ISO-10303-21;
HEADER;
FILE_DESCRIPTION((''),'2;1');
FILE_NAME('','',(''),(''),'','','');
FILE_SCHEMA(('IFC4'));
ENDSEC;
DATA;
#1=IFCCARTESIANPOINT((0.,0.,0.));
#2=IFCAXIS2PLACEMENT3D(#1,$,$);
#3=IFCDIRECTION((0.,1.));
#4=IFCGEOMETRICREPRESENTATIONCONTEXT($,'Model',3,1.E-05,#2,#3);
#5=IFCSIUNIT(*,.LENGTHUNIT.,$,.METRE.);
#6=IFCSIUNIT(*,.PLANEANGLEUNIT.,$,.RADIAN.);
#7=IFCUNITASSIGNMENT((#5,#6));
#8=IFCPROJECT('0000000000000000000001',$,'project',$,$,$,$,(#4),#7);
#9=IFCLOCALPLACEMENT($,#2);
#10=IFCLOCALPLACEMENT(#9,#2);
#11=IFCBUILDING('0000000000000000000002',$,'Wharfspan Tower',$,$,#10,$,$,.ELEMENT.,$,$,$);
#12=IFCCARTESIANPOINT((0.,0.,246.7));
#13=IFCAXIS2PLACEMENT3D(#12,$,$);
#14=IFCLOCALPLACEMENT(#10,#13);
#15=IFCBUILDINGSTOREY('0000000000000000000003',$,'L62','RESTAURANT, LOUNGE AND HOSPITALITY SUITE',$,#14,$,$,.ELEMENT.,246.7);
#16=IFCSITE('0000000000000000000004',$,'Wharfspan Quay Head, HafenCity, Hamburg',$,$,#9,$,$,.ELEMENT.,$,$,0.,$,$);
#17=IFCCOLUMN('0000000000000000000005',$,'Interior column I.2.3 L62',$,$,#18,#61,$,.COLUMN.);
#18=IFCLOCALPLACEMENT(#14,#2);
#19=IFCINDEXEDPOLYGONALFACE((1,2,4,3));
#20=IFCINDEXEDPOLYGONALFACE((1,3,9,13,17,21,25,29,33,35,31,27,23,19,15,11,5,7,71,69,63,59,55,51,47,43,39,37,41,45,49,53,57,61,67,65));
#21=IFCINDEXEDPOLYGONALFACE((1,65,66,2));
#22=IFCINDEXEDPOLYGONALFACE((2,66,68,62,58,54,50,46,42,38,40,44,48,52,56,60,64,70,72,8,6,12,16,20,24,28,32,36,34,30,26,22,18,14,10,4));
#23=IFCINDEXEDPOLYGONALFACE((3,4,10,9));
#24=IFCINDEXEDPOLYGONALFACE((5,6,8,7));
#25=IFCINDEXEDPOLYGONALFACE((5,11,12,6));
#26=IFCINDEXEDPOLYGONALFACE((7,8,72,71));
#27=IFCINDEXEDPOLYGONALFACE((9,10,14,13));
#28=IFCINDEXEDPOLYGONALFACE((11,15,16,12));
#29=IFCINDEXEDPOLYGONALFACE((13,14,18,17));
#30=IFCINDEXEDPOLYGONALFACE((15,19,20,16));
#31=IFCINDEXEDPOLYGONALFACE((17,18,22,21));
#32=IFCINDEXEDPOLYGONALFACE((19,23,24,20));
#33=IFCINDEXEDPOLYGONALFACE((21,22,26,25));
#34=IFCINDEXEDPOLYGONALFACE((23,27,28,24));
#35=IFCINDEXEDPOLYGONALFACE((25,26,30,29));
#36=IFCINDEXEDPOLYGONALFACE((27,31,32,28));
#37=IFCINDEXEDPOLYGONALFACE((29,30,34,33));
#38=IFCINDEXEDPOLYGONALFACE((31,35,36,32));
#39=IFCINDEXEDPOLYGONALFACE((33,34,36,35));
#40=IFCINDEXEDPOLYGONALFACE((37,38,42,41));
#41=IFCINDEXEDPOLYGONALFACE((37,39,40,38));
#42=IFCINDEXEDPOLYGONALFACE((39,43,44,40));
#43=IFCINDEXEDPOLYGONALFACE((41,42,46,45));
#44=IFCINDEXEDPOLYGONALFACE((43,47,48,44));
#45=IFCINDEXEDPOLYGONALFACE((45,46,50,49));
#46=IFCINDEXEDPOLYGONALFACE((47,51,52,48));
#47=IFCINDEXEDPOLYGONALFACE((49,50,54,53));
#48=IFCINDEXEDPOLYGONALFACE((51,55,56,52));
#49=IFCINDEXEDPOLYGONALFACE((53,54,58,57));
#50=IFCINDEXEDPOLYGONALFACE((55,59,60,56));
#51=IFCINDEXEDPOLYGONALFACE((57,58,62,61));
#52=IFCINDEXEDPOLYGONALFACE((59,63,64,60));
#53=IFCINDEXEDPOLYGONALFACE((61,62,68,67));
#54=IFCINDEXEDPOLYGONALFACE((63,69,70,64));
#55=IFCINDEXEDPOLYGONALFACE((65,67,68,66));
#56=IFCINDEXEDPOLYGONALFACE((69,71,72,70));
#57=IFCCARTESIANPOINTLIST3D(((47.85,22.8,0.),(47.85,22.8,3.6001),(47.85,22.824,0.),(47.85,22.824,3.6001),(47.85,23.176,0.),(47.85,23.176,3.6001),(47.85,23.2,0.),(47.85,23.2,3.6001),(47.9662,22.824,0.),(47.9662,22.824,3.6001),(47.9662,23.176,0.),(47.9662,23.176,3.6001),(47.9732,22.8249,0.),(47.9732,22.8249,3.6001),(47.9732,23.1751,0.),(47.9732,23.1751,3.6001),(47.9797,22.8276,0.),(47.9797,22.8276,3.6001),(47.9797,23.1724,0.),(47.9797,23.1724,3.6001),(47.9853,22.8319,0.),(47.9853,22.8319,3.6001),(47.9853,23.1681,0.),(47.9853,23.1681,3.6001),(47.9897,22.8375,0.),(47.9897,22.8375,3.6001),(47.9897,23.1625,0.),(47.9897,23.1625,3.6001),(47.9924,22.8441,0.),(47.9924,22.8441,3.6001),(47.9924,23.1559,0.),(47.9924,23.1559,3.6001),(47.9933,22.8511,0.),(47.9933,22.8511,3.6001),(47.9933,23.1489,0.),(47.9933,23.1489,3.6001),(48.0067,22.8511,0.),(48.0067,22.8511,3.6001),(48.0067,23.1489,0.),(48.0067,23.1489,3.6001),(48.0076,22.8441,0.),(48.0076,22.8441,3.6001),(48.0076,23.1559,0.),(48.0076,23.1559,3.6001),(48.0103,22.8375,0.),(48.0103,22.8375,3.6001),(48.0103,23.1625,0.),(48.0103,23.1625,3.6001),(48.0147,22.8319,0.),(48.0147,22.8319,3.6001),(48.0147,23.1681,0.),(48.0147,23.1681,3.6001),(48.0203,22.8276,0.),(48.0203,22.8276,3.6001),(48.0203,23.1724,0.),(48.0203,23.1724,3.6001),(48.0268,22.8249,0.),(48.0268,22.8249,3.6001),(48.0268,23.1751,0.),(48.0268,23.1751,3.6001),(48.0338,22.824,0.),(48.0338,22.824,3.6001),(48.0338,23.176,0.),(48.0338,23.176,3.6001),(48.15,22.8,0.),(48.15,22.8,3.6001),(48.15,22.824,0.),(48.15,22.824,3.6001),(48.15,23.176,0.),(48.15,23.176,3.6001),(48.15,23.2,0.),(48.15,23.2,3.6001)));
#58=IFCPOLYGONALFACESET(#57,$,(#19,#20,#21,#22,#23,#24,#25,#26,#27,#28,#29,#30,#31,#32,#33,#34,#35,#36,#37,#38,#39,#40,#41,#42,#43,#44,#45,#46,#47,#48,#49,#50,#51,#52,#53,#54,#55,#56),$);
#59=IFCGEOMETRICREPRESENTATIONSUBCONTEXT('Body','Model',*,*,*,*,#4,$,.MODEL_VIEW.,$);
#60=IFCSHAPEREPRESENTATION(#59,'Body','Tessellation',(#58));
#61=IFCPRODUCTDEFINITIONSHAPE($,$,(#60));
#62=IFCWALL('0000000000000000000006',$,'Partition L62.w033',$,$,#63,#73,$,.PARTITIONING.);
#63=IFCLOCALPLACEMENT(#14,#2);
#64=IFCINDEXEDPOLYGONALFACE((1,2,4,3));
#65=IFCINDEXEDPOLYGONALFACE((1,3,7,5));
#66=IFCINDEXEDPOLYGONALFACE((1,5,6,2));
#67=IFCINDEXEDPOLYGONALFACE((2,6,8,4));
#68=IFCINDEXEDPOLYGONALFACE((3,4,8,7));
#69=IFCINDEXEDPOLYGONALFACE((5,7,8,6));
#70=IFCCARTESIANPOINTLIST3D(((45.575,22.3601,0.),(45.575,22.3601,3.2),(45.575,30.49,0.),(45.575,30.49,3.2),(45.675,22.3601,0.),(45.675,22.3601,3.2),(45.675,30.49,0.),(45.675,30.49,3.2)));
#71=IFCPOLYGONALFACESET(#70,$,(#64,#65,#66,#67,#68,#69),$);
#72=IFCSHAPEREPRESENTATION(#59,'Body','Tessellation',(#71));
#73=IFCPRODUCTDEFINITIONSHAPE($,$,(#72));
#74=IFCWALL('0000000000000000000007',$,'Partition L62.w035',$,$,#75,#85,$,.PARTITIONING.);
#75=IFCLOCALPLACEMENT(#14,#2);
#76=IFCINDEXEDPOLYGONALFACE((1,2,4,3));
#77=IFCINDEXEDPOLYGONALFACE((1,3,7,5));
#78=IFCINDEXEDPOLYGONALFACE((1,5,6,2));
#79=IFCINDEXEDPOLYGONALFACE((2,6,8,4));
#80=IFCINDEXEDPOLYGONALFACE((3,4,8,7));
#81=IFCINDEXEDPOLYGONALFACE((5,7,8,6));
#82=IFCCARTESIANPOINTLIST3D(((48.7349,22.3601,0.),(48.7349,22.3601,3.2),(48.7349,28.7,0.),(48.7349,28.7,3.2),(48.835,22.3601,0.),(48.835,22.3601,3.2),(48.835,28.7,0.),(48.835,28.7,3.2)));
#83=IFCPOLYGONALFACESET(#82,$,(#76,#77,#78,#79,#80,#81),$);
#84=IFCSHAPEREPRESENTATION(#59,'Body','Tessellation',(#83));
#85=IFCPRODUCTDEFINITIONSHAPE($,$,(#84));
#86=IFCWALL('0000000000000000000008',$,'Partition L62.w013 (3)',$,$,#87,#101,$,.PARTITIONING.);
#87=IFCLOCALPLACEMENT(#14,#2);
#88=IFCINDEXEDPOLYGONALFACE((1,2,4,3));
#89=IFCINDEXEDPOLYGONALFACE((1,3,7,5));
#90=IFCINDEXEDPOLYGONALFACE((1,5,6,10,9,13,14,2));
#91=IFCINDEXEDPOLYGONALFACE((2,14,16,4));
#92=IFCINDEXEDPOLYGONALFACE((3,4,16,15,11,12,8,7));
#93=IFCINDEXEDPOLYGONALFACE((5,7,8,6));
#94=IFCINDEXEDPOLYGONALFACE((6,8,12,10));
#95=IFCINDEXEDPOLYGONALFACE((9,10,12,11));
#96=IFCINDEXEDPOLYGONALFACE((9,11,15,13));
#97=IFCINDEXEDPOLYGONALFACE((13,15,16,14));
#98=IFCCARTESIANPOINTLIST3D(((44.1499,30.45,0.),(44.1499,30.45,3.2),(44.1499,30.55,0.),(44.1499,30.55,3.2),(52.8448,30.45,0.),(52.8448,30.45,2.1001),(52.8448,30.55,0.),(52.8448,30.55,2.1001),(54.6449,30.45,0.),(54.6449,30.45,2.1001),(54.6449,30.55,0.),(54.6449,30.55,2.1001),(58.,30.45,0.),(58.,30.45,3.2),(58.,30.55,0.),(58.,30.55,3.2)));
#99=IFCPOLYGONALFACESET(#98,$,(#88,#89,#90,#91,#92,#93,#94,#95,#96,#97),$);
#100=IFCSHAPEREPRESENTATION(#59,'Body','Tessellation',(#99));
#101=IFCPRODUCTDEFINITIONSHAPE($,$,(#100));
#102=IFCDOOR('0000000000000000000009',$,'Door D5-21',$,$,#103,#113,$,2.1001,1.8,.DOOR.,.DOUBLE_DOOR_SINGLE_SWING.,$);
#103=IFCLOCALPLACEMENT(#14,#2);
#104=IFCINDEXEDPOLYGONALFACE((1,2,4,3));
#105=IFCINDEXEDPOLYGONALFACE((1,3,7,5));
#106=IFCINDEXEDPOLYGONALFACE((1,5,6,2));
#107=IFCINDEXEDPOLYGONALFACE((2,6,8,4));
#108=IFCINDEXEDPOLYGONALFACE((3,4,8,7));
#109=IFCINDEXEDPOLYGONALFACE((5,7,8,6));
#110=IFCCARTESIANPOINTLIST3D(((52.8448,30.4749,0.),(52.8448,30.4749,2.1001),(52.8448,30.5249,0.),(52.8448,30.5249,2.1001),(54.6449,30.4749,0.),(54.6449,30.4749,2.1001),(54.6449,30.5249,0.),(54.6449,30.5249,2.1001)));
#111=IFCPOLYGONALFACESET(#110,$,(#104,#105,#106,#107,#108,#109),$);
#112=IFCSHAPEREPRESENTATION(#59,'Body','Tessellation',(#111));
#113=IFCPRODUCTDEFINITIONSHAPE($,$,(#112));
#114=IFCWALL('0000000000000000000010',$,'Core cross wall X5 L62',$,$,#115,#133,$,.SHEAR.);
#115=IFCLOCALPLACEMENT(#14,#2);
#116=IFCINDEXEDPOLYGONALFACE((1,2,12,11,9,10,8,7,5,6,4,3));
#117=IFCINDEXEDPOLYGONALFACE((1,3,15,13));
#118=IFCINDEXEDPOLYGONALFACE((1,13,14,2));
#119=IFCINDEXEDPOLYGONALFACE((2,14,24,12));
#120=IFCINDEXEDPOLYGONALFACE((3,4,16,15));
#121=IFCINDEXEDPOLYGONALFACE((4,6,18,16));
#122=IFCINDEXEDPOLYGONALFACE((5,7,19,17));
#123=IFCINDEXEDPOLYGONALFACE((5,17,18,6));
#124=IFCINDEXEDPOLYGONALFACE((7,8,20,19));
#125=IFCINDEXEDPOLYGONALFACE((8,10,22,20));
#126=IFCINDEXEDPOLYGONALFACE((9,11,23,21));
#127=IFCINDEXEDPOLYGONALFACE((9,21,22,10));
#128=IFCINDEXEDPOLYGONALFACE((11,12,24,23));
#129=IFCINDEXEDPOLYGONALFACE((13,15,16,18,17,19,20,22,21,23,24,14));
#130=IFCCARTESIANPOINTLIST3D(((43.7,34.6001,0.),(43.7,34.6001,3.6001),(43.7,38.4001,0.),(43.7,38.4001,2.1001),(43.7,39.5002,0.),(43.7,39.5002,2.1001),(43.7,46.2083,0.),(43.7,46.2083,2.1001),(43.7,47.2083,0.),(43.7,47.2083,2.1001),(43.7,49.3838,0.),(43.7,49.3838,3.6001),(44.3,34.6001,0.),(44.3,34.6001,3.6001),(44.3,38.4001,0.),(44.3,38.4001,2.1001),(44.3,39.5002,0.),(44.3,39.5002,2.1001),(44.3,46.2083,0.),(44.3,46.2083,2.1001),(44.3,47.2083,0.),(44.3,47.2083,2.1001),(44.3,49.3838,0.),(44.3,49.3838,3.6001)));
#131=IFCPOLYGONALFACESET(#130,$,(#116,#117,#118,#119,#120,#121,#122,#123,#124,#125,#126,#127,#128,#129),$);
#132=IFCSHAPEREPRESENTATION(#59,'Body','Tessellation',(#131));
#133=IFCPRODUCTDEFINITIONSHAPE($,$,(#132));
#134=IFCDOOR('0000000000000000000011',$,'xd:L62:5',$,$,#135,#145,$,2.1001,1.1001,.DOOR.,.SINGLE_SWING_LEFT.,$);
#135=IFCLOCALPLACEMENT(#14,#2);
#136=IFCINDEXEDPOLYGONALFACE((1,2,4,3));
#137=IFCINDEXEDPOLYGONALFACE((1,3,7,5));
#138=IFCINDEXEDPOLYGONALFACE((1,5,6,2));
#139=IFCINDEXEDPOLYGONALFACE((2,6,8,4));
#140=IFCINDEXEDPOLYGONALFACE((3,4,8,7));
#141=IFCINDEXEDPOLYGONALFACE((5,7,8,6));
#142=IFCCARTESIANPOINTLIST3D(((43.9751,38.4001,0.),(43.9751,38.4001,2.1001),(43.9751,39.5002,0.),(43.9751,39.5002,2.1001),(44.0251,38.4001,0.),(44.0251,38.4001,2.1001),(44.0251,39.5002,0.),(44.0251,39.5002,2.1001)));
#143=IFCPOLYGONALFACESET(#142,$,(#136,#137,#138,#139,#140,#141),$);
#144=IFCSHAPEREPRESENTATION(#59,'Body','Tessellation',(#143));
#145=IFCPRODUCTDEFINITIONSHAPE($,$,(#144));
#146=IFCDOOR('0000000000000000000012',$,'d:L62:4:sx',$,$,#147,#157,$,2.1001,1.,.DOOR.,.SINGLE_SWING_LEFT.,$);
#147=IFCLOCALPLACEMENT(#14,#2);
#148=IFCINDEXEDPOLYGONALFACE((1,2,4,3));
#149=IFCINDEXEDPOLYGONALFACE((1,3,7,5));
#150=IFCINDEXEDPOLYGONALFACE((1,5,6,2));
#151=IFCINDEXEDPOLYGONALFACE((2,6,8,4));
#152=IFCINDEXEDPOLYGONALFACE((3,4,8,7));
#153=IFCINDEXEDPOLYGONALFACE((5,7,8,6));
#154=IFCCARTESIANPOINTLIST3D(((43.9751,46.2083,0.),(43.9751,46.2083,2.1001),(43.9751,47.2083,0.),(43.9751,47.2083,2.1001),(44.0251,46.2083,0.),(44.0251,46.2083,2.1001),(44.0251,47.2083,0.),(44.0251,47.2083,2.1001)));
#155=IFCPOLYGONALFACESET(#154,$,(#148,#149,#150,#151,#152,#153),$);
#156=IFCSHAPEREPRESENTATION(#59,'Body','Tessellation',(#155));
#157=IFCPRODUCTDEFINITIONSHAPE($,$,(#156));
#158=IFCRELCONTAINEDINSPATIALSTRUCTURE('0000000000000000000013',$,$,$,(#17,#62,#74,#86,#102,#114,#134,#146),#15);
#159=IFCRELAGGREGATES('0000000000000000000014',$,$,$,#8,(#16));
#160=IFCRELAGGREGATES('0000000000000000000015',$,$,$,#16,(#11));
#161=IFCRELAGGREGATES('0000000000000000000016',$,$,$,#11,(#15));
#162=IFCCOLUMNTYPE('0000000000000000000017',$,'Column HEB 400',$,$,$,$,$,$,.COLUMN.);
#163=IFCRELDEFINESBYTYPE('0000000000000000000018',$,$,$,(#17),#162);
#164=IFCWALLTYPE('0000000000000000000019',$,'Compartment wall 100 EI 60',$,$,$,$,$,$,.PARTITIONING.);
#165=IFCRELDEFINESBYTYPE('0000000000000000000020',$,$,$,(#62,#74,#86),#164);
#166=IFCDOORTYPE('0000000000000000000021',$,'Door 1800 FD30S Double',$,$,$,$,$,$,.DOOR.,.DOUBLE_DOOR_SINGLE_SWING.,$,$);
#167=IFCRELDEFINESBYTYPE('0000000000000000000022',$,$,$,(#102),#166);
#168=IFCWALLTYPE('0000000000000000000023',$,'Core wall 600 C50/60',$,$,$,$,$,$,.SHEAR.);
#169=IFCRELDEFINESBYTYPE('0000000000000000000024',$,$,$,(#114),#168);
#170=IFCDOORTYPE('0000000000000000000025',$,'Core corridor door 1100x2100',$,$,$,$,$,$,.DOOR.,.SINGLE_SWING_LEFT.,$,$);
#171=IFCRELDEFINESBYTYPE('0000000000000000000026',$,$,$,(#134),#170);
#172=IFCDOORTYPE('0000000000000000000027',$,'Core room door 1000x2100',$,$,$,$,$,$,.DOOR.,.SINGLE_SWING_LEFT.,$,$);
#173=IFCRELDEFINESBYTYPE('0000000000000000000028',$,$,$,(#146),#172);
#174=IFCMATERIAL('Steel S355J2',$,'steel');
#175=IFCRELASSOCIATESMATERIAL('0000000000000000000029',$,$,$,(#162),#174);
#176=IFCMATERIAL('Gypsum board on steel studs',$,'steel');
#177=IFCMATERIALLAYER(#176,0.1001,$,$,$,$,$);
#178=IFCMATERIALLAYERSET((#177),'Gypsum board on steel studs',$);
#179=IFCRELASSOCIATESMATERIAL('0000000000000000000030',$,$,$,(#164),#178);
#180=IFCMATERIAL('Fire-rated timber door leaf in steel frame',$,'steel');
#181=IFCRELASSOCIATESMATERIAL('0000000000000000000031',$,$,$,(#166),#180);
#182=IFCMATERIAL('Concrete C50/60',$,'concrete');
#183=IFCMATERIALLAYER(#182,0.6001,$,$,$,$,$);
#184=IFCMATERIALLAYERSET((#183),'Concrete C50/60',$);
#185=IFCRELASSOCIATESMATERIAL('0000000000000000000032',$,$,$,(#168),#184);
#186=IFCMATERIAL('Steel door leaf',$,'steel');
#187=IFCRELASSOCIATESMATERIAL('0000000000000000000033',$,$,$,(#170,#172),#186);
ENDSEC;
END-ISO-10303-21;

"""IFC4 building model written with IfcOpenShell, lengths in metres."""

from ifc_helpers import new_model, si_unit, direction, frame, frame_2d, origin, origin_2d, place, context, subcontext, project, spatial, rectangle, i_section, extrude, material, layer, layer_set, material_profile, profile_set, type_object, element, fill, save


model = new_model("IFC4")

# Units and contexts
model_context = context("Model", 3, precision=1e-05, world=origin(), true_north=direction((0.0, 1.0)))
body_context = subcontext(model_context, "Body", "Model", "MODEL_VIEW")
ifc_project = project(units=[si_unit("LENGTHUNIT", "METRE"), si_unit("PLANEANGLEUNIT", "RADIAN")], contexts=[model_context])

# Site, building, storey
site_placement = place(None, origin())
site = spatial("IfcSite", under=ifc_project, at=site_placement, Name="Wharfspan Quay Head, HafenCity, Hamburg", CompositionType="ELEMENT", RefElevation=0.0)
building_placement = place(site_placement, origin())
building = spatial("IfcBuilding", under=site, at=building_placement, Name="Wharfspan Tower", CompositionType="ELEMENT")
storey_placement = place(building_placement, frame((0.0, 0.0, 246.7)))
storey = spatial("IfcBuildingStorey", under=building, at=storey_placement, Name="L62", Description="RESTAURANT, LOUNGE AND HOSPITALITY SUITE", CompositionType="ELEMENT", Elevation=246.7)

# Column
ifc_material_1 = material(Name="Steel S355J2", Category="steel")
ifc_material_profile = material_profile(ifc_material_1, i_section(OverallWidth=0.3, OverallDepth=0.3999, WebThickness=0.0134, FlangeThickness=0.0239, FilletRadius=0.0271, at=origin_2d()))
ifc_profile_set = profile_set([ifc_material_profile], Name="Steel S355J2")
column_type = type_object("IfcColumnType", Name="Column HEB 400", PredefinedType="COLUMN", material=ifc_profile_set)
column_placement = place(storey_placement, frame((48.0, 23.0, 0.0), z_axis=(0.0, 0.0, 1.0), x_axis=(1.0, 0.0, 0.0)))
element("IfcColumn", 1, at=column_placement, inside=storey, type_object=column_type, Name="Interior column I.2.3 L62", PredefinedType="COLUMN", context=body_context, shape_type="SweptSolid", body=[
    extrude(i_section(OverallWidth=0.3, OverallDepth=0.3999, WebThickness=0.0134, FlangeThickness=0.0239, FilletRadius=0.0271, at=origin_2d()), origin(), (0.0, 0.0, 1.0), 3.6001),
])

# Walls
ifc_material_2 = material(Name="Gypsum board on steel studs", Category="steel")
ifc_layer_1 = layer(ifc_material_2, 0.1001)
ifc_layer_set_1 = layer_set([ifc_layer_1], Name="Gypsum board on steel studs")
wall_type_1 = type_object("IfcWallType", Name="Compartment wall 100 EI 60", PredefinedType="PARTITIONING", material=ifc_layer_set_1)
wall_1_placement = place(storey_placement, frame((45.625, 22.3601, 0.0), z_axis=(0.0, 0.0, 1.0), x_axis=(0.0, 1.0, 0.0)))
element("IfcWall", 2, at=wall_1_placement, inside=storey, type_object=wall_type_1, Name="Partition L62.w033", PredefinedType="PARTITIONING", context=body_context, shape_type="SweptSolid", body=[
    extrude(rectangle(XDim=8.1299, YDim=0.1001, at=frame_2d((4.0649, 0.0))), origin(), (0.0, 0.0, 1.0), 3.2),
])
wall_2_placement = place(storey_placement, frame((48.7849, 22.3601, 0.0), z_axis=(0.0, 0.0, 1.0), x_axis=(0.0, 1.0, 0.0)))
element("IfcWall", 3, at=wall_2_placement, inside=storey, type_object=wall_type_1, Name="Partition L62.w035", PredefinedType="PARTITIONING", context=body_context, shape_type="SweptSolid", body=[
    extrude(rectangle(XDim=6.3398, YDim=0.1001, at=frame_2d((3.1699, 0.0))), origin(), (0.0, 0.0, 1.0), 3.2),
])

# Wall, opening, door
wall_3_placement = place(storey_placement, frame((44.1499, 30.5, 0.0), z_axis=(0.0, 0.0, 1.0), x_axis=(1.0, 0.0, 0.0)))
wall_3 = element("IfcWall", 4, at=wall_3_placement, inside=storey, type_object=wall_type_1, Name="Partition L62.w013 (3)", PredefinedType="PARTITIONING", context=body_context, shape_type="SweptSolid", body=[
    extrude(rectangle(XDim=13.8501, YDim=0.1001, at=frame_2d((6.925, 0.0))), origin(), (0.0, 0.0, 1.0), 3.2),
])
opening_1_placement = place(wall_3_placement, frame((8.6951, 0.0, 0.0)))
opening_1 = element("IfcOpeningElement", 5, at=opening_1_placement, cuts=wall_3, PredefinedType="OPENING", context=body_context, shape_type="SweptSolid", body=[
    extrude(rectangle(XDim=1.8, YDim=2.1001, at=frame_2d((0.8999, 1.05))), frame((0.0, 0.0601, 0.0), z_axis=(0.0, -1.0, 0.0), x_axis=(1.0, 0.0, 0.0)), (0.0, 0.0, 1.0), 0.1201),
])
ifc_material_3 = material(Name="Fire-rated timber door leaf in steel frame", Category="steel")
door_type_1 = type_object("IfcDoorType", Name="Door 1800 FD30S Double", OperationType="DOUBLE_DOOR_SINGLE_SWING", PredefinedType="DOOR", material=ifc_material_3)
door_1_placement = place(opening_1_placement, origin())
door_1 = element("IfcDoor", 6, at=door_1_placement, inside=storey, type_object=door_type_1, Name="Door D5-21", OperationType="DOUBLE_DOOR_SINGLE_SWING", OverallHeight=2.1001, OverallWidth=1.8, PredefinedType="DOOR", context=body_context, shape_type="SweptSolid", body=[
    extrude(rectangle(XDim=1.8, YDim=2.1001, at=frame_2d((0.8999, 1.05))), frame((0.0, 0.0249, 0.0), z_axis=(0.0, -1.0, 0.0), x_axis=(1.0, 0.0, 0.0)), (0.0, 0.0, 1.0), 0.05),
])
fill(opening_1, door_1)

# Wall, openings, doors
ifc_material_4 = material(Name="Concrete C50/60", Category="concrete")
ifc_layer_2 = layer(ifc_material_4, 0.6001)
ifc_layer_set_2 = layer_set([ifc_layer_2], Name="Concrete C50/60")
wall_type_2 = type_object("IfcWallType", Name="Core wall 600 C50/60", PredefinedType="SHEAR", material=ifc_layer_set_2)
wall_4_placement = place(storey_placement, frame((44.0, 34.6001, 0.0), z_axis=(0.0, 0.0, 1.0), x_axis=(0.0, 1.0, 0.0)))
wall_4 = element("IfcWall", 7, at=wall_4_placement, inside=storey, type_object=wall_type_2, Name="Core cross wall X5 L62", PredefinedType="SHEAR", context=body_context, shape_type="SweptSolid", body=[
    extrude(rectangle(XDim=14.7837, YDim=0.6001, at=frame_2d((7.3918, 0.0))), origin(), (0.0, 0.0, 1.0), 3.6001),
])
opening_2_placement = place(wall_4_placement, frame((11.6082, 0.0, 0.0)))
opening_2 = element("IfcOpeningElement", 8, at=opening_2_placement, cuts=wall_4, PredefinedType="OPENING", context=body_context, shape_type="SweptSolid", body=[
    extrude(rectangle(XDim=1.0, YDim=2.1001, at=frame_2d((0.5, 1.05))), frame((0.0, 0.3101, 0.0), z_axis=(0.0, -1.0, 0.0), x_axis=(1.0, 0.0, 0.0)), (0.0, 0.0, 1.0), 0.6201),
])
opening_3_placement = place(wall_4_placement, frame((3.8, 0.0, 0.0)))
opening_3 = element("IfcOpeningElement", 9, at=opening_3_placement, cuts=wall_4, PredefinedType="OPENING", context=body_context, shape_type="SweptSolid", body=[
    extrude(rectangle(XDim=1.1001, YDim=2.1001, at=frame_2d((0.55, 1.05))), frame((0.0, 0.3101, 0.0), z_axis=(0.0, -1.0, 0.0), x_axis=(1.0, 0.0, 0.0)), (0.0, 0.0, 1.0), 0.6201),
])
ifc_material_5 = material(Name="Steel door leaf", Category="steel")
door_type_2 = type_object("IfcDoorType", Name="Core corridor door 1100x2100", OperationType="SINGLE_SWING_LEFT", PredefinedType="DOOR", material=ifc_material_5)
door_2_placement = place(opening_3_placement, origin())
door_2 = element("IfcDoor", 10, at=door_2_placement, inside=storey, type_object=door_type_2, Name="xd:L62:5", OperationType="SINGLE_SWING_LEFT", OverallHeight=2.1001, OverallWidth=1.1001, PredefinedType="DOOR", context=body_context, shape_type="SweptSolid", body=[
    extrude(rectangle(XDim=1.1001, YDim=2.1001, at=frame_2d((0.55, 1.05))), frame((0.0, 0.0249, 0.0), z_axis=(0.0, -1.0, 0.0), x_axis=(1.0, 0.0, 0.0)), (0.0, 0.0, 1.0), 0.05),
])
fill(opening_3, door_2)
door_type_3 = type_object("IfcDoorType", Name="Core room door 1000x2100", OperationType="SINGLE_SWING_LEFT", PredefinedType="DOOR", material=ifc_material_5)
door_3_placement = place(opening_2_placement, origin())
door_3 = element("IfcDoor", 11, at=door_3_placement, inside=storey, type_object=door_type_3, Name="d:L62:4:sx", OperationType="SINGLE_SWING_LEFT", OverallHeight=2.1001, OverallWidth=1.0, PredefinedType="DOOR", context=body_context, shape_type="SweptSolid", body=[
    extrude(rectangle(XDim=1.0, YDim=2.1001, at=frame_2d((0.5, 1.05))), frame((0.0, 0.0249, 0.0), z_axis=(0.0, -1.0, 0.0), x_axis=(1.0, 0.0, 0.0)), (0.0, 0.0, 1.0), 0.05),
])
fill(opening_2, door_3)

save(model, "model.ifc")
